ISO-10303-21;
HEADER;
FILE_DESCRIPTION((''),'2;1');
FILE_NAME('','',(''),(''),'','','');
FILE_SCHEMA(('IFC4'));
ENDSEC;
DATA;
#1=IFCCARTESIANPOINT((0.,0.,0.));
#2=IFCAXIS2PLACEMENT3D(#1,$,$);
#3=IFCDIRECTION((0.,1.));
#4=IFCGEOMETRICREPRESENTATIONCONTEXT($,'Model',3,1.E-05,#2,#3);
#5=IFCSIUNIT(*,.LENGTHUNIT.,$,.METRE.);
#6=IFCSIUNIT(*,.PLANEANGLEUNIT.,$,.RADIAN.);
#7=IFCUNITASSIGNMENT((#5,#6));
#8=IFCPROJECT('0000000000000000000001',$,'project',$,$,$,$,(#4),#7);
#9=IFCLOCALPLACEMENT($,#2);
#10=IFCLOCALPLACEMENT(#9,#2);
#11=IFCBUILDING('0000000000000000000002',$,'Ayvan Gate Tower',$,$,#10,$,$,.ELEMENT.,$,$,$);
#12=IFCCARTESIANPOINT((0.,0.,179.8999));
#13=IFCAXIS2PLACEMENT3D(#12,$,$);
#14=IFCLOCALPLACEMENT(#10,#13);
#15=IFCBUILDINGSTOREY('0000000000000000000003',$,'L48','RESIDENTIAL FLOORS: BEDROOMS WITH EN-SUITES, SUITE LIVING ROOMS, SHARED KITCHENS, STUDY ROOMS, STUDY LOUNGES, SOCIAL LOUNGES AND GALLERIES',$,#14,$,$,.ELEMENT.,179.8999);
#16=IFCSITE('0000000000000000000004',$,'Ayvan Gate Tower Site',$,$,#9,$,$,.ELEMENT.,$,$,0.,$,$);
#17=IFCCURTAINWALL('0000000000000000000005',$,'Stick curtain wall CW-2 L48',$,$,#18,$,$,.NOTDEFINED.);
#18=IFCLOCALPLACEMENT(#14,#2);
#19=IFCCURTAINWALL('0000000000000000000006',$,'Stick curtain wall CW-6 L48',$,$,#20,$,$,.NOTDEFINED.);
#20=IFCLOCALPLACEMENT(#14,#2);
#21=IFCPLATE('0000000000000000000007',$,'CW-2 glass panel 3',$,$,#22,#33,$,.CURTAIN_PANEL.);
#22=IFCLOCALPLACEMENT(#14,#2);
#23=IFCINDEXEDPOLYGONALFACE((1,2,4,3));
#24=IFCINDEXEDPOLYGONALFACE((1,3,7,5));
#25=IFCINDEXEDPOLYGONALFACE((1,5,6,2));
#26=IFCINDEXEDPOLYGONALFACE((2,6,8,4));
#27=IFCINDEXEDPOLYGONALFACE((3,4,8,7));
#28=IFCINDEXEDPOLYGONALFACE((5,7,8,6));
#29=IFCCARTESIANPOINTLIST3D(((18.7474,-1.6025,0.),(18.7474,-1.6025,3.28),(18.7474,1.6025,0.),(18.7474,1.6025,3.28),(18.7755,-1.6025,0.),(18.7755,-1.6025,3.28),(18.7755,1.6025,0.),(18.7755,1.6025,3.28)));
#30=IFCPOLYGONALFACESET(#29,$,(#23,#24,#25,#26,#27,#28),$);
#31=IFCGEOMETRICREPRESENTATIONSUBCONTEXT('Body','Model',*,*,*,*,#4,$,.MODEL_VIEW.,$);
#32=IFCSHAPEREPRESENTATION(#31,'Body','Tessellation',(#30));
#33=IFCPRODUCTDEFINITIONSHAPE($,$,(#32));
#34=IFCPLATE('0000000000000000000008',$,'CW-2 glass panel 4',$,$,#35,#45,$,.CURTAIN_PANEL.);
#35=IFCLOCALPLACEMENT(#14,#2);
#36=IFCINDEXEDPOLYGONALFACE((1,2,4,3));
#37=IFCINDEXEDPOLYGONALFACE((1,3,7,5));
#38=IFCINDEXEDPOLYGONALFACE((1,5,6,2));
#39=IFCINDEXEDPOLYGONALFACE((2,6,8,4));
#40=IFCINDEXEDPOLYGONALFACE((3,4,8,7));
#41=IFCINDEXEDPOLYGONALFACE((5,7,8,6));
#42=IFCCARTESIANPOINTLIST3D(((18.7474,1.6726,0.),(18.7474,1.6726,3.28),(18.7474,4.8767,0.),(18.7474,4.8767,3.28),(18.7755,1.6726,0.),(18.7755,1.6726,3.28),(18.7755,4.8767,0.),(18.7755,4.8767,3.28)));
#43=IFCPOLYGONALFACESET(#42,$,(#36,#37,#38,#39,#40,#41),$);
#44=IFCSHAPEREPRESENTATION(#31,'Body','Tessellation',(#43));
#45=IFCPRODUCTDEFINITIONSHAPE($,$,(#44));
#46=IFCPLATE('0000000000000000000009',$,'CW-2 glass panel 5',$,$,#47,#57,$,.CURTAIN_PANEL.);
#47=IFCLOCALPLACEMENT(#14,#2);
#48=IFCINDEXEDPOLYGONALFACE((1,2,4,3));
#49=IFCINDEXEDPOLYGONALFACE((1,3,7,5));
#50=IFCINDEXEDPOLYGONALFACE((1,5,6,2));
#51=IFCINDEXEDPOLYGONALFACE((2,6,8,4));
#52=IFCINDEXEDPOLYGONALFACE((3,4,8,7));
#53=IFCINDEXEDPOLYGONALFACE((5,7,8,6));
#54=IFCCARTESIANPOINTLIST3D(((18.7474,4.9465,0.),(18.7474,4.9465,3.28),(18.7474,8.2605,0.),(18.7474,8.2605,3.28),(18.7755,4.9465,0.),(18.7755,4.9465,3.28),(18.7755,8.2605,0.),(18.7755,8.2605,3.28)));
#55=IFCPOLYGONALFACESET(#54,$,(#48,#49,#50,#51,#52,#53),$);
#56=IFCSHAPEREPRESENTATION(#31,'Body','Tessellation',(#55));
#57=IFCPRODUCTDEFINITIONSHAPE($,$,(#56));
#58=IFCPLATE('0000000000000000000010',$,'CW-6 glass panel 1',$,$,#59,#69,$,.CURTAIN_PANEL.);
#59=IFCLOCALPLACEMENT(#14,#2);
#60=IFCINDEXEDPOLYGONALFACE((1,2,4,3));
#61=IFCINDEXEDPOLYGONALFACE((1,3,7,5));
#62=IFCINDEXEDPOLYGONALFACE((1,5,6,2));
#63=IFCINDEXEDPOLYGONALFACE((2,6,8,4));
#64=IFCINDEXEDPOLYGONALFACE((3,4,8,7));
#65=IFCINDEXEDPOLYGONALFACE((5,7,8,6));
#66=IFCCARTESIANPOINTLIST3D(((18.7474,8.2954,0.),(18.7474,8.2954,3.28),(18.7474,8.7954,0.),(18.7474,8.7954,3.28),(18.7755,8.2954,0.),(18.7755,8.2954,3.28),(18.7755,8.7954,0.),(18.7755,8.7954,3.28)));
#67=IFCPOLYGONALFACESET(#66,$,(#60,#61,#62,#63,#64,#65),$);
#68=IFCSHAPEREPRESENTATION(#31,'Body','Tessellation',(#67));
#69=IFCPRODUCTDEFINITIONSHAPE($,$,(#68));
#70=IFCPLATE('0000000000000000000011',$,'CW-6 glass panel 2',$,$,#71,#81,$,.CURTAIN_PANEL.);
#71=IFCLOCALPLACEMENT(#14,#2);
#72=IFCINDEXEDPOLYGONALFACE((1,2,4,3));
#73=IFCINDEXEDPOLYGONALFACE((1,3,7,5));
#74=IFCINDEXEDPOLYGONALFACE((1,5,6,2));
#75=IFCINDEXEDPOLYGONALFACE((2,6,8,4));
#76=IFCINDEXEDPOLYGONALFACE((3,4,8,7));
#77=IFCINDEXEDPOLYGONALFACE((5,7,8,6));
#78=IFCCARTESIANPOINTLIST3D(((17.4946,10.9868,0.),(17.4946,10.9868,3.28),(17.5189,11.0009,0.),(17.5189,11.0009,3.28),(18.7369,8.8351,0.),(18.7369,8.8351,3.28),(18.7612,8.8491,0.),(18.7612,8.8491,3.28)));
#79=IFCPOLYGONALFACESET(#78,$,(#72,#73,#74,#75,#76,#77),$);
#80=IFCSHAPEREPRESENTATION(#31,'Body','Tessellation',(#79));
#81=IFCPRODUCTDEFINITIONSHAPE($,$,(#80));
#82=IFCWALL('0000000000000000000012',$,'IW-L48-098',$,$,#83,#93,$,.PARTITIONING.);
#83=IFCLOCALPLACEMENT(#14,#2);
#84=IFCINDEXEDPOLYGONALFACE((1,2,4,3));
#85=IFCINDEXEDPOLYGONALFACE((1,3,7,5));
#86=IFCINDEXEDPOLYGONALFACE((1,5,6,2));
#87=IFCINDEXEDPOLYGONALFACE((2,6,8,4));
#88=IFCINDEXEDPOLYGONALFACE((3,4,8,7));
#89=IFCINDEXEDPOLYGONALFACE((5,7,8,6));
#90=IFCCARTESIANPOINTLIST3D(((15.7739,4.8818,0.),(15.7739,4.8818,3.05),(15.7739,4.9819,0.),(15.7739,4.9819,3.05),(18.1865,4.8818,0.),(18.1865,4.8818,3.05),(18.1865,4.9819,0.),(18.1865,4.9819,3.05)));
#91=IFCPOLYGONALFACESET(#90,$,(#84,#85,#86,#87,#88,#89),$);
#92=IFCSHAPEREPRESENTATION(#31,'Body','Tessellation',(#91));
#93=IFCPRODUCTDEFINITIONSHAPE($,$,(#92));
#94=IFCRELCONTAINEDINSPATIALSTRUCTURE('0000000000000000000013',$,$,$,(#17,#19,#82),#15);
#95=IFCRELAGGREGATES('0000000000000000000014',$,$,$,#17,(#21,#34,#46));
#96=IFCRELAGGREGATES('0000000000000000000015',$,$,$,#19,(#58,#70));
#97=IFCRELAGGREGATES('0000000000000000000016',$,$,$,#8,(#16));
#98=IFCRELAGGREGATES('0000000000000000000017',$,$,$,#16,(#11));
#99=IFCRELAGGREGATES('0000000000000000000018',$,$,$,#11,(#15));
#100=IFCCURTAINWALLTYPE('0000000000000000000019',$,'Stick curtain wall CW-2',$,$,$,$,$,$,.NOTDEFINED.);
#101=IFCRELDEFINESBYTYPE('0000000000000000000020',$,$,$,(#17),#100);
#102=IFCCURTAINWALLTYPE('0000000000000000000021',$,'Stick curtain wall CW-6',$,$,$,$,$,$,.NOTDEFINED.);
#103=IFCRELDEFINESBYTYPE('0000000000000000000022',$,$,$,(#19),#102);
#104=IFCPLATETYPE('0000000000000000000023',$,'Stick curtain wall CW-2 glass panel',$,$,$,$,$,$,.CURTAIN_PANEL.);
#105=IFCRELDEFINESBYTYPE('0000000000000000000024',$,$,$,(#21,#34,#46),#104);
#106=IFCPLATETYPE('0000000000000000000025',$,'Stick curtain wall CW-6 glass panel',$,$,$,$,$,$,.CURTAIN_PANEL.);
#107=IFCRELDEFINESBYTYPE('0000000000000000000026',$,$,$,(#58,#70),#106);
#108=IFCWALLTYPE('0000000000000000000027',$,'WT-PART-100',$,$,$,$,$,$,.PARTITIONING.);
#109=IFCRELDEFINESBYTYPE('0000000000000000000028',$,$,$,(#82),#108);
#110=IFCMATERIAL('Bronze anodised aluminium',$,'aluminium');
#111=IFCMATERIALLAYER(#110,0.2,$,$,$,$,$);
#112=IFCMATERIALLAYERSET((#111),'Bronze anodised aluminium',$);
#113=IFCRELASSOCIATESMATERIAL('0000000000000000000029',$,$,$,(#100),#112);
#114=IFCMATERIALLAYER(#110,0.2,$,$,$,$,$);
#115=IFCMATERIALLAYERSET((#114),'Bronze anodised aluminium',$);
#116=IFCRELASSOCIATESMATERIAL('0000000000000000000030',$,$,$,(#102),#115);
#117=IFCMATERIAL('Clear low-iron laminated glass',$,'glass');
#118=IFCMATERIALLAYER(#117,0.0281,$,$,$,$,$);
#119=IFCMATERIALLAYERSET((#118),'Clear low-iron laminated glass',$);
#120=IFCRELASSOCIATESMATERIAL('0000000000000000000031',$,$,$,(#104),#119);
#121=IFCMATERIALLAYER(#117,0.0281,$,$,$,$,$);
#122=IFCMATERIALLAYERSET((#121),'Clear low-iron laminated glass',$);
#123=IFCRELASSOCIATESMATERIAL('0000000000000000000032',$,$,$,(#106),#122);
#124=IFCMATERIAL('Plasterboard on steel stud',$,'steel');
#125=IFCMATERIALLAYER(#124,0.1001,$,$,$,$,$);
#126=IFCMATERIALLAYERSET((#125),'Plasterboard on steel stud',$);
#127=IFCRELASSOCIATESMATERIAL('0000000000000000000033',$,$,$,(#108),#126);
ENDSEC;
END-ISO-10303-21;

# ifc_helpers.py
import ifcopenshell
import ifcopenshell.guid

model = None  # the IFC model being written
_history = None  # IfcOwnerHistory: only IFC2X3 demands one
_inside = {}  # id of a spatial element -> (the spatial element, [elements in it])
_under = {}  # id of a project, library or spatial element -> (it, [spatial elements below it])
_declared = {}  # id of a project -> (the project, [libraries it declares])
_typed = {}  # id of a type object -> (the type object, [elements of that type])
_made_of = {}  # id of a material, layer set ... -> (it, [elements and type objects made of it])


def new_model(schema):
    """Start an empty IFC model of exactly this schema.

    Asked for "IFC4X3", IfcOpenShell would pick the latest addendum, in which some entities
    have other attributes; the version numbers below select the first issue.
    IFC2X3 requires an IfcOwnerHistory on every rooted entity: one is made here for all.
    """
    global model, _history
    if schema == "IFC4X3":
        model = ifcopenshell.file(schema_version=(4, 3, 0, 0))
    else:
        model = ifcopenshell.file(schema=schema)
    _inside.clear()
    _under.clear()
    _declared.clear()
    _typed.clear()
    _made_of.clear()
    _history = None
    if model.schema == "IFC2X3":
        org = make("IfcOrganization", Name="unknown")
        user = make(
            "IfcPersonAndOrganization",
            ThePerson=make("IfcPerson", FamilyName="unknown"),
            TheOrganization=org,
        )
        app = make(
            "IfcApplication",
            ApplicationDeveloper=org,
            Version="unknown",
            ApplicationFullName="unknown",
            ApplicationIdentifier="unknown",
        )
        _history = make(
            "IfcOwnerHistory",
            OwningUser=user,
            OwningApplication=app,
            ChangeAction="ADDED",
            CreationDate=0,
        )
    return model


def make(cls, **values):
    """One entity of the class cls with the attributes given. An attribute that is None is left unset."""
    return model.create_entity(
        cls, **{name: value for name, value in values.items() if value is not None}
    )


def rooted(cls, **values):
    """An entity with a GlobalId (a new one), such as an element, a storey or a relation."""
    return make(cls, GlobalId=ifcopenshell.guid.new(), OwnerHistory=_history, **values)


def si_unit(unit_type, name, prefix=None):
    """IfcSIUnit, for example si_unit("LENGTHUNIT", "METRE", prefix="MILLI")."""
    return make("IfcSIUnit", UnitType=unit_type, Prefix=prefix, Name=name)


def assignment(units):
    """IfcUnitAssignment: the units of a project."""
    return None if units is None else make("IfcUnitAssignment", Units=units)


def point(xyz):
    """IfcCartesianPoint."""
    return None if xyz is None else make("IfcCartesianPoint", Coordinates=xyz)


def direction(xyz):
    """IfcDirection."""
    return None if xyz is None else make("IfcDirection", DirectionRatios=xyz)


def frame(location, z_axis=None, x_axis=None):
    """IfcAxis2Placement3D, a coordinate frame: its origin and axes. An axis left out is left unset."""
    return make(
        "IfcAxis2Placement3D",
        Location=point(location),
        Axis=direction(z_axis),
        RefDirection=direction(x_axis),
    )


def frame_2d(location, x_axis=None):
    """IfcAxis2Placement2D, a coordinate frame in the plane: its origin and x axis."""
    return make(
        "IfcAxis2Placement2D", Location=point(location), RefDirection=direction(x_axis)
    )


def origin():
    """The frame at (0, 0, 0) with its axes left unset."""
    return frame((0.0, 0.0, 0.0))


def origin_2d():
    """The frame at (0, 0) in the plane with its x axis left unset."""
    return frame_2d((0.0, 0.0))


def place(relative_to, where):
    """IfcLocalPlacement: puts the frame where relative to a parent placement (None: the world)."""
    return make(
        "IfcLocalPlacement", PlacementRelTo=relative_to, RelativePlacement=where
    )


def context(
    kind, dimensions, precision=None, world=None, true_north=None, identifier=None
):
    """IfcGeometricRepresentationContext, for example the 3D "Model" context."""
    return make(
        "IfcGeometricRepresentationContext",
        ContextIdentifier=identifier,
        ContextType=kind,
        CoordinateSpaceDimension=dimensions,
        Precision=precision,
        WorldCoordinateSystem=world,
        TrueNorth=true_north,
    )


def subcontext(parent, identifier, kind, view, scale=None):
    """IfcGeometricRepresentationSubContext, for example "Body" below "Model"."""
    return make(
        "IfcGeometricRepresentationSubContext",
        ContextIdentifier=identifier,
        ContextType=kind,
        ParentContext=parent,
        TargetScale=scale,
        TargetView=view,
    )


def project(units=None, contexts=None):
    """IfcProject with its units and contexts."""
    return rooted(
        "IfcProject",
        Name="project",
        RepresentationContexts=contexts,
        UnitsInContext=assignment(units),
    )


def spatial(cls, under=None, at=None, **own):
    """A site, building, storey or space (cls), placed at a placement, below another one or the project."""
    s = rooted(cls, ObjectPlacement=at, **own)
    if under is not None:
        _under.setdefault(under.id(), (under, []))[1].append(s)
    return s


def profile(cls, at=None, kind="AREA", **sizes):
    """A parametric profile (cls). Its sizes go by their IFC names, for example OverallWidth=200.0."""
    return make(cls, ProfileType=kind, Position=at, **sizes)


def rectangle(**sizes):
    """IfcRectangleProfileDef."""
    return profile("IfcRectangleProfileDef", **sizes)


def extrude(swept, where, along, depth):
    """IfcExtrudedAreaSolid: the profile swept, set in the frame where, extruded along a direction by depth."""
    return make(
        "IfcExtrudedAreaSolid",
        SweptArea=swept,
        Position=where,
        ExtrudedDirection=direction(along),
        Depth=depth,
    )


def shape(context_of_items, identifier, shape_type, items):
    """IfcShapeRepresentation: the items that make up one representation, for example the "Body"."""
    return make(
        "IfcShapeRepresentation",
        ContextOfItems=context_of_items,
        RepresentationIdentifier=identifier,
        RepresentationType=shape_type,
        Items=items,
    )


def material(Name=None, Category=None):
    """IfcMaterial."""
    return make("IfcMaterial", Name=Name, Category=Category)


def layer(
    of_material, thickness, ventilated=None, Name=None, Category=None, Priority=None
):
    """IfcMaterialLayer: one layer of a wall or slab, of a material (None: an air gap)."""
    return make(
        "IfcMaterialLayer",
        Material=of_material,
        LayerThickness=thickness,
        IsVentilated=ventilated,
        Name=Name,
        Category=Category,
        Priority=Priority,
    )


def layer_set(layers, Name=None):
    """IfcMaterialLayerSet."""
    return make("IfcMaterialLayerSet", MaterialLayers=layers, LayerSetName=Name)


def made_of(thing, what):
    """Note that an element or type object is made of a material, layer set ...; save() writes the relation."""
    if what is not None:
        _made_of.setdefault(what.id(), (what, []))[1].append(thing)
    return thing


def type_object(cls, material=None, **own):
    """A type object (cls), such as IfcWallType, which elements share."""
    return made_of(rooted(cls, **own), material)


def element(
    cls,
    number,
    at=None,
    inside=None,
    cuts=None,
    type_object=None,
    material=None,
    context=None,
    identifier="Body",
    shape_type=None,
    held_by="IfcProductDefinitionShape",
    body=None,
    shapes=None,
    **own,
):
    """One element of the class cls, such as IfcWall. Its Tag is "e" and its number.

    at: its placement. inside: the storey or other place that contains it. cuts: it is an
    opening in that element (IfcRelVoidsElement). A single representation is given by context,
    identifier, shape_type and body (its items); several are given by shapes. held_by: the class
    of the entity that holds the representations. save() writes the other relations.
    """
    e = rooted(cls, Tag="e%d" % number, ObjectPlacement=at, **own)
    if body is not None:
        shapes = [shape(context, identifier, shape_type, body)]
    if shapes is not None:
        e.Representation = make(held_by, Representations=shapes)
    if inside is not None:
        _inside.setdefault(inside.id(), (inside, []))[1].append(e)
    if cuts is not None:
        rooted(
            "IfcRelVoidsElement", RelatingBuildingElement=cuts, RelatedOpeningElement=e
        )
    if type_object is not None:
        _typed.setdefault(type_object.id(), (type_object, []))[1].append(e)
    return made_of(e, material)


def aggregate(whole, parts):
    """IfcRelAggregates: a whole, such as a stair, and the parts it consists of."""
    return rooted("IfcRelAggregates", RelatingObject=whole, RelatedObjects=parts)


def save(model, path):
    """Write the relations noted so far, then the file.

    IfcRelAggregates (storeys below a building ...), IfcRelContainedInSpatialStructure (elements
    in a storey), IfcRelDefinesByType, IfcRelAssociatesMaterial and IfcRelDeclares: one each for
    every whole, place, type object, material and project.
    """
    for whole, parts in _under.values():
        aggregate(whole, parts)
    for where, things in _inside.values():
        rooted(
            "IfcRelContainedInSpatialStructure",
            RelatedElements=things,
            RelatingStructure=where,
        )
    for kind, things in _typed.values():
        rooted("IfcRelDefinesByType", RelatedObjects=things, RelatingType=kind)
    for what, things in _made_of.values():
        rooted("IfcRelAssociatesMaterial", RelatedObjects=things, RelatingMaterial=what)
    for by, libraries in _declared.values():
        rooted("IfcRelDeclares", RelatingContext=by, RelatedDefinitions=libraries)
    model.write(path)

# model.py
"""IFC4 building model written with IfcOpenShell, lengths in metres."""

from ifc_helpers import new_model, si_unit, direction, frame, frame_2d, origin, origin_2d, place, context, subcontext, project, spatial, rectangle, extrude, material, layer, layer_set, type_object, element, aggregate, save


model = new_model("IFC4")

# Units and contexts
model_context = context("Model", 3, precision=1e-05, world=origin(), true_north=direction((0.0, 1.0)))
body_context = subcontext(model_context, "Body", "Model", "MODEL_VIEW")
ifc_project = project(units=[si_unit("LENGTHUNIT", "METRE"), si_unit("PLANEANGLEUNIT", "RADIAN")], contexts=[model_context])

# Site, building, storey
site_placement = place(None, origin())
site = spatial("IfcSite", under=ifc_project, at=site_placement, Name="Ayvan Gate Tower Site", CompositionType="ELEMENT", RefElevation=0.0)
building_placement = place(site_placement, origin())
building = spatial("IfcBuilding", under=site, at=building_placement, Name="Ayvan Gate Tower", CompositionType="ELEMENT")
storey_placement = place(building_placement, frame((0.0, 0.0, 179.8999)))
storey = spatial("IfcBuildingStorey", under=building, at=storey_placement, Name="L48", Description="RESIDENTIAL FLOORS: BEDROOMS WITH EN-SUITES, SUITE LIVING ROOMS, SHARED KITCHENS, STUDY ROOMS, STUDY LOUNGES, SOCIAL LOUNGES AND GALLERIES", CompositionType="ELEMENT", Elevation=179.8999)

# Curtain walls
ifc_material_1 = material(Name="Bronze anodised aluminium", Category="aluminium")
ifc_layer_1 = layer(ifc_material_1, 0.2)
ifc_layer_set_1 = layer_set([ifc_layer_1], Name="Bronze anodised aluminium")
curtain_wall_type_1 = type_object("IfcCurtainWallType", Name="Stick curtain wall CW-2", PredefinedType="NOTDEFINED", material=ifc_layer_set_1)
curtain_wall_1_placement = place(storey_placement, origin())
curtain_wall_1 = element("IfcCurtainWall", 1, at=curtain_wall_1_placement, inside=storey, type_object=curtain_wall_type_1, Name="Stick curtain wall CW-2 L48", PredefinedType="NOTDEFINED")
ifc_layer_2 = layer(ifc_material_1, 0.2)
ifc_layer_set_2 = layer_set([ifc_layer_2], Name="Bronze anodised aluminium")
curtain_wall_type_2 = type_object("IfcCurtainWallType", Name="Stick curtain wall CW-6", PredefinedType="NOTDEFINED", material=ifc_layer_set_2)
curtain_wall_2_placement = place(storey_placement, origin())
curtain_wall_2 = element("IfcCurtainWall", 2, at=curtain_wall_2_placement, inside=storey, type_object=curtain_wall_type_2, Name="Stick curtain wall CW-6 L48", PredefinedType="NOTDEFINED")

# Plates
ifc_material_2 = material(Name="Clear low-iron laminated glass", Category="glass")
ifc_layer_3 = layer(ifc_material_2, 0.0281)
ifc_layer_set_3 = layer_set([ifc_layer_3], Name="Clear low-iron laminated glass")
plate_type_1 = type_object("IfcPlateType", Name="Stick curtain wall CW-2 glass panel", PredefinedType="CURTAIN_PANEL", material=ifc_layer_set_3)
plate_1_placement = place(storey_placement, frame((18.7615, 0.0, 0.0), z_axis=(0.0, 0.0, 1.0), x_axis=(0.0, 1.0, 0.0)))
plate_1 = element("IfcPlate", 3, at=plate_1_placement, type_object=plate_type_1, Name="CW-2 glass panel 3", PredefinedType="CURTAIN_PANEL", context=body_context, shape_type="SweptSolid", body=[
    extrude(rectangle(XDim=3.2051, YDim=0.0281, at=origin_2d()), origin(), (0.0, 0.0, 1.0), 3.28),
])
plate_2_placement = place(storey_placement, frame((18.7615, 3.2747, 0.0), z_axis=(0.0, 0.0, 1.0), x_axis=(0.0, 1.0, 0.0)))
plate_2 = element("IfcPlate", 4, at=plate_2_placement, type_object=plate_type_1, Name="CW-2 glass panel 4", PredefinedType="CURTAIN_PANEL", context=body_context, shape_type="SweptSolid", body=[
    extrude(rectangle(XDim=3.2041, YDim=0.0281, at=origin_2d()), origin(), (0.0, 0.0, 1.0), 3.28),
])
plate_3_placement = place(storey_placement, frame((18.7615, 6.6035, 0.0), z_axis=(0.0, 0.0, 1.0), x_axis=(0.0, 1.0, 0.0)))
plate_3 = element("IfcPlate", 5, at=plate_3_placement, type_object=plate_type_1, Name="CW-2 glass panel 5", PredefinedType="CURTAIN_PANEL", context=body_context, shape_type="SweptSolid", body=[
    extrude(rectangle(XDim=3.314, YDim=0.0281, at=origin_2d()), origin(), (0.0, 0.0, 1.0), 3.28),
])
aggregate(curtain_wall_1, [plate_1, plate_2, plate_3])
ifc_layer_4 = layer(ifc_material_2, 0.0281)
ifc_layer_set_4 = layer_set([ifc_layer_4], Name="Clear low-iron laminated glass")
plate_type_2 = type_object("IfcPlateType", Name="Stick curtain wall CW-6 glass panel", PredefinedType="CURTAIN_PANEL", material=ifc_layer_set_4)
plate_4_placement = place(storey_placement, frame((18.7615, 8.5454, 0.0), z_axis=(0.0, 0.0, 1.0), x_axis=(0.0, 1.0, 0.0)))
plate_4 = element("IfcPlate", 6, at=plate_4_placement, type_object=plate_type_2, Name="CW-6 glass panel 1", PredefinedType="CURTAIN_PANEL", context=body_context, shape_type="SweptSolid", body=[
    extrude(rectangle(XDim=0.5, YDim=0.0281, at=origin_2d()), origin(), (0.0, 0.0, 1.0), 3.28),
])
plate_5_placement = place(storey_placement, frame((18.1279, 9.918, 0.0), z_axis=(0.0, 0.0, 1.0), x_axis=(-0.5, 0.866025, 0.0)))
plate_5 = element("IfcPlate", 7, at=plate_5_placement, type_object=plate_type_2, Name="CW-6 glass panel 2", PredefinedType="CURTAIN_PANEL", context=body_context, shape_type="SweptSolid", body=[
    extrude(rectangle(XDim=2.4846, YDim=0.0281, at=origin_2d()), origin(), (0.0, 0.0, 1.0), 3.28),
])
aggregate(curtain_wall_2, [plate_4, plate_5])

# Wall
ifc_material_3 = material(Name="Plasterboard on steel stud", Category="steel")
ifc_layer_5 = layer(ifc_material_3, 0.1001)
ifc_layer_set_5 = layer_set([ifc_layer_5], Name="Plasterboard on steel stud")
wall_type = type_object("IfcWallType", Name="WT-PART-100", PredefinedType="PARTITIONING", material=ifc_layer_set_5)
wall_placement = place(storey_placement, frame((15.7739, 4.9319, 0.0), z_axis=(0.0, 0.0, 1.0), x_axis=(1.0, 0.0, 0.0)))
element("IfcWall", 8, at=wall_placement, inside=storey, type_object=wall_type, Name="IW-L48-098", PredefinedType="PARTITIONING", context=body_context, shape_type="SweptSolid", body=[
    extrude(rectangle(XDim=2.4126, YDim=0.1001, at=frame_2d((1.2063, 0.0))), origin(), (0.0, 0.0, 1.0), 3.05),
])

save(model, "model.ifc")
